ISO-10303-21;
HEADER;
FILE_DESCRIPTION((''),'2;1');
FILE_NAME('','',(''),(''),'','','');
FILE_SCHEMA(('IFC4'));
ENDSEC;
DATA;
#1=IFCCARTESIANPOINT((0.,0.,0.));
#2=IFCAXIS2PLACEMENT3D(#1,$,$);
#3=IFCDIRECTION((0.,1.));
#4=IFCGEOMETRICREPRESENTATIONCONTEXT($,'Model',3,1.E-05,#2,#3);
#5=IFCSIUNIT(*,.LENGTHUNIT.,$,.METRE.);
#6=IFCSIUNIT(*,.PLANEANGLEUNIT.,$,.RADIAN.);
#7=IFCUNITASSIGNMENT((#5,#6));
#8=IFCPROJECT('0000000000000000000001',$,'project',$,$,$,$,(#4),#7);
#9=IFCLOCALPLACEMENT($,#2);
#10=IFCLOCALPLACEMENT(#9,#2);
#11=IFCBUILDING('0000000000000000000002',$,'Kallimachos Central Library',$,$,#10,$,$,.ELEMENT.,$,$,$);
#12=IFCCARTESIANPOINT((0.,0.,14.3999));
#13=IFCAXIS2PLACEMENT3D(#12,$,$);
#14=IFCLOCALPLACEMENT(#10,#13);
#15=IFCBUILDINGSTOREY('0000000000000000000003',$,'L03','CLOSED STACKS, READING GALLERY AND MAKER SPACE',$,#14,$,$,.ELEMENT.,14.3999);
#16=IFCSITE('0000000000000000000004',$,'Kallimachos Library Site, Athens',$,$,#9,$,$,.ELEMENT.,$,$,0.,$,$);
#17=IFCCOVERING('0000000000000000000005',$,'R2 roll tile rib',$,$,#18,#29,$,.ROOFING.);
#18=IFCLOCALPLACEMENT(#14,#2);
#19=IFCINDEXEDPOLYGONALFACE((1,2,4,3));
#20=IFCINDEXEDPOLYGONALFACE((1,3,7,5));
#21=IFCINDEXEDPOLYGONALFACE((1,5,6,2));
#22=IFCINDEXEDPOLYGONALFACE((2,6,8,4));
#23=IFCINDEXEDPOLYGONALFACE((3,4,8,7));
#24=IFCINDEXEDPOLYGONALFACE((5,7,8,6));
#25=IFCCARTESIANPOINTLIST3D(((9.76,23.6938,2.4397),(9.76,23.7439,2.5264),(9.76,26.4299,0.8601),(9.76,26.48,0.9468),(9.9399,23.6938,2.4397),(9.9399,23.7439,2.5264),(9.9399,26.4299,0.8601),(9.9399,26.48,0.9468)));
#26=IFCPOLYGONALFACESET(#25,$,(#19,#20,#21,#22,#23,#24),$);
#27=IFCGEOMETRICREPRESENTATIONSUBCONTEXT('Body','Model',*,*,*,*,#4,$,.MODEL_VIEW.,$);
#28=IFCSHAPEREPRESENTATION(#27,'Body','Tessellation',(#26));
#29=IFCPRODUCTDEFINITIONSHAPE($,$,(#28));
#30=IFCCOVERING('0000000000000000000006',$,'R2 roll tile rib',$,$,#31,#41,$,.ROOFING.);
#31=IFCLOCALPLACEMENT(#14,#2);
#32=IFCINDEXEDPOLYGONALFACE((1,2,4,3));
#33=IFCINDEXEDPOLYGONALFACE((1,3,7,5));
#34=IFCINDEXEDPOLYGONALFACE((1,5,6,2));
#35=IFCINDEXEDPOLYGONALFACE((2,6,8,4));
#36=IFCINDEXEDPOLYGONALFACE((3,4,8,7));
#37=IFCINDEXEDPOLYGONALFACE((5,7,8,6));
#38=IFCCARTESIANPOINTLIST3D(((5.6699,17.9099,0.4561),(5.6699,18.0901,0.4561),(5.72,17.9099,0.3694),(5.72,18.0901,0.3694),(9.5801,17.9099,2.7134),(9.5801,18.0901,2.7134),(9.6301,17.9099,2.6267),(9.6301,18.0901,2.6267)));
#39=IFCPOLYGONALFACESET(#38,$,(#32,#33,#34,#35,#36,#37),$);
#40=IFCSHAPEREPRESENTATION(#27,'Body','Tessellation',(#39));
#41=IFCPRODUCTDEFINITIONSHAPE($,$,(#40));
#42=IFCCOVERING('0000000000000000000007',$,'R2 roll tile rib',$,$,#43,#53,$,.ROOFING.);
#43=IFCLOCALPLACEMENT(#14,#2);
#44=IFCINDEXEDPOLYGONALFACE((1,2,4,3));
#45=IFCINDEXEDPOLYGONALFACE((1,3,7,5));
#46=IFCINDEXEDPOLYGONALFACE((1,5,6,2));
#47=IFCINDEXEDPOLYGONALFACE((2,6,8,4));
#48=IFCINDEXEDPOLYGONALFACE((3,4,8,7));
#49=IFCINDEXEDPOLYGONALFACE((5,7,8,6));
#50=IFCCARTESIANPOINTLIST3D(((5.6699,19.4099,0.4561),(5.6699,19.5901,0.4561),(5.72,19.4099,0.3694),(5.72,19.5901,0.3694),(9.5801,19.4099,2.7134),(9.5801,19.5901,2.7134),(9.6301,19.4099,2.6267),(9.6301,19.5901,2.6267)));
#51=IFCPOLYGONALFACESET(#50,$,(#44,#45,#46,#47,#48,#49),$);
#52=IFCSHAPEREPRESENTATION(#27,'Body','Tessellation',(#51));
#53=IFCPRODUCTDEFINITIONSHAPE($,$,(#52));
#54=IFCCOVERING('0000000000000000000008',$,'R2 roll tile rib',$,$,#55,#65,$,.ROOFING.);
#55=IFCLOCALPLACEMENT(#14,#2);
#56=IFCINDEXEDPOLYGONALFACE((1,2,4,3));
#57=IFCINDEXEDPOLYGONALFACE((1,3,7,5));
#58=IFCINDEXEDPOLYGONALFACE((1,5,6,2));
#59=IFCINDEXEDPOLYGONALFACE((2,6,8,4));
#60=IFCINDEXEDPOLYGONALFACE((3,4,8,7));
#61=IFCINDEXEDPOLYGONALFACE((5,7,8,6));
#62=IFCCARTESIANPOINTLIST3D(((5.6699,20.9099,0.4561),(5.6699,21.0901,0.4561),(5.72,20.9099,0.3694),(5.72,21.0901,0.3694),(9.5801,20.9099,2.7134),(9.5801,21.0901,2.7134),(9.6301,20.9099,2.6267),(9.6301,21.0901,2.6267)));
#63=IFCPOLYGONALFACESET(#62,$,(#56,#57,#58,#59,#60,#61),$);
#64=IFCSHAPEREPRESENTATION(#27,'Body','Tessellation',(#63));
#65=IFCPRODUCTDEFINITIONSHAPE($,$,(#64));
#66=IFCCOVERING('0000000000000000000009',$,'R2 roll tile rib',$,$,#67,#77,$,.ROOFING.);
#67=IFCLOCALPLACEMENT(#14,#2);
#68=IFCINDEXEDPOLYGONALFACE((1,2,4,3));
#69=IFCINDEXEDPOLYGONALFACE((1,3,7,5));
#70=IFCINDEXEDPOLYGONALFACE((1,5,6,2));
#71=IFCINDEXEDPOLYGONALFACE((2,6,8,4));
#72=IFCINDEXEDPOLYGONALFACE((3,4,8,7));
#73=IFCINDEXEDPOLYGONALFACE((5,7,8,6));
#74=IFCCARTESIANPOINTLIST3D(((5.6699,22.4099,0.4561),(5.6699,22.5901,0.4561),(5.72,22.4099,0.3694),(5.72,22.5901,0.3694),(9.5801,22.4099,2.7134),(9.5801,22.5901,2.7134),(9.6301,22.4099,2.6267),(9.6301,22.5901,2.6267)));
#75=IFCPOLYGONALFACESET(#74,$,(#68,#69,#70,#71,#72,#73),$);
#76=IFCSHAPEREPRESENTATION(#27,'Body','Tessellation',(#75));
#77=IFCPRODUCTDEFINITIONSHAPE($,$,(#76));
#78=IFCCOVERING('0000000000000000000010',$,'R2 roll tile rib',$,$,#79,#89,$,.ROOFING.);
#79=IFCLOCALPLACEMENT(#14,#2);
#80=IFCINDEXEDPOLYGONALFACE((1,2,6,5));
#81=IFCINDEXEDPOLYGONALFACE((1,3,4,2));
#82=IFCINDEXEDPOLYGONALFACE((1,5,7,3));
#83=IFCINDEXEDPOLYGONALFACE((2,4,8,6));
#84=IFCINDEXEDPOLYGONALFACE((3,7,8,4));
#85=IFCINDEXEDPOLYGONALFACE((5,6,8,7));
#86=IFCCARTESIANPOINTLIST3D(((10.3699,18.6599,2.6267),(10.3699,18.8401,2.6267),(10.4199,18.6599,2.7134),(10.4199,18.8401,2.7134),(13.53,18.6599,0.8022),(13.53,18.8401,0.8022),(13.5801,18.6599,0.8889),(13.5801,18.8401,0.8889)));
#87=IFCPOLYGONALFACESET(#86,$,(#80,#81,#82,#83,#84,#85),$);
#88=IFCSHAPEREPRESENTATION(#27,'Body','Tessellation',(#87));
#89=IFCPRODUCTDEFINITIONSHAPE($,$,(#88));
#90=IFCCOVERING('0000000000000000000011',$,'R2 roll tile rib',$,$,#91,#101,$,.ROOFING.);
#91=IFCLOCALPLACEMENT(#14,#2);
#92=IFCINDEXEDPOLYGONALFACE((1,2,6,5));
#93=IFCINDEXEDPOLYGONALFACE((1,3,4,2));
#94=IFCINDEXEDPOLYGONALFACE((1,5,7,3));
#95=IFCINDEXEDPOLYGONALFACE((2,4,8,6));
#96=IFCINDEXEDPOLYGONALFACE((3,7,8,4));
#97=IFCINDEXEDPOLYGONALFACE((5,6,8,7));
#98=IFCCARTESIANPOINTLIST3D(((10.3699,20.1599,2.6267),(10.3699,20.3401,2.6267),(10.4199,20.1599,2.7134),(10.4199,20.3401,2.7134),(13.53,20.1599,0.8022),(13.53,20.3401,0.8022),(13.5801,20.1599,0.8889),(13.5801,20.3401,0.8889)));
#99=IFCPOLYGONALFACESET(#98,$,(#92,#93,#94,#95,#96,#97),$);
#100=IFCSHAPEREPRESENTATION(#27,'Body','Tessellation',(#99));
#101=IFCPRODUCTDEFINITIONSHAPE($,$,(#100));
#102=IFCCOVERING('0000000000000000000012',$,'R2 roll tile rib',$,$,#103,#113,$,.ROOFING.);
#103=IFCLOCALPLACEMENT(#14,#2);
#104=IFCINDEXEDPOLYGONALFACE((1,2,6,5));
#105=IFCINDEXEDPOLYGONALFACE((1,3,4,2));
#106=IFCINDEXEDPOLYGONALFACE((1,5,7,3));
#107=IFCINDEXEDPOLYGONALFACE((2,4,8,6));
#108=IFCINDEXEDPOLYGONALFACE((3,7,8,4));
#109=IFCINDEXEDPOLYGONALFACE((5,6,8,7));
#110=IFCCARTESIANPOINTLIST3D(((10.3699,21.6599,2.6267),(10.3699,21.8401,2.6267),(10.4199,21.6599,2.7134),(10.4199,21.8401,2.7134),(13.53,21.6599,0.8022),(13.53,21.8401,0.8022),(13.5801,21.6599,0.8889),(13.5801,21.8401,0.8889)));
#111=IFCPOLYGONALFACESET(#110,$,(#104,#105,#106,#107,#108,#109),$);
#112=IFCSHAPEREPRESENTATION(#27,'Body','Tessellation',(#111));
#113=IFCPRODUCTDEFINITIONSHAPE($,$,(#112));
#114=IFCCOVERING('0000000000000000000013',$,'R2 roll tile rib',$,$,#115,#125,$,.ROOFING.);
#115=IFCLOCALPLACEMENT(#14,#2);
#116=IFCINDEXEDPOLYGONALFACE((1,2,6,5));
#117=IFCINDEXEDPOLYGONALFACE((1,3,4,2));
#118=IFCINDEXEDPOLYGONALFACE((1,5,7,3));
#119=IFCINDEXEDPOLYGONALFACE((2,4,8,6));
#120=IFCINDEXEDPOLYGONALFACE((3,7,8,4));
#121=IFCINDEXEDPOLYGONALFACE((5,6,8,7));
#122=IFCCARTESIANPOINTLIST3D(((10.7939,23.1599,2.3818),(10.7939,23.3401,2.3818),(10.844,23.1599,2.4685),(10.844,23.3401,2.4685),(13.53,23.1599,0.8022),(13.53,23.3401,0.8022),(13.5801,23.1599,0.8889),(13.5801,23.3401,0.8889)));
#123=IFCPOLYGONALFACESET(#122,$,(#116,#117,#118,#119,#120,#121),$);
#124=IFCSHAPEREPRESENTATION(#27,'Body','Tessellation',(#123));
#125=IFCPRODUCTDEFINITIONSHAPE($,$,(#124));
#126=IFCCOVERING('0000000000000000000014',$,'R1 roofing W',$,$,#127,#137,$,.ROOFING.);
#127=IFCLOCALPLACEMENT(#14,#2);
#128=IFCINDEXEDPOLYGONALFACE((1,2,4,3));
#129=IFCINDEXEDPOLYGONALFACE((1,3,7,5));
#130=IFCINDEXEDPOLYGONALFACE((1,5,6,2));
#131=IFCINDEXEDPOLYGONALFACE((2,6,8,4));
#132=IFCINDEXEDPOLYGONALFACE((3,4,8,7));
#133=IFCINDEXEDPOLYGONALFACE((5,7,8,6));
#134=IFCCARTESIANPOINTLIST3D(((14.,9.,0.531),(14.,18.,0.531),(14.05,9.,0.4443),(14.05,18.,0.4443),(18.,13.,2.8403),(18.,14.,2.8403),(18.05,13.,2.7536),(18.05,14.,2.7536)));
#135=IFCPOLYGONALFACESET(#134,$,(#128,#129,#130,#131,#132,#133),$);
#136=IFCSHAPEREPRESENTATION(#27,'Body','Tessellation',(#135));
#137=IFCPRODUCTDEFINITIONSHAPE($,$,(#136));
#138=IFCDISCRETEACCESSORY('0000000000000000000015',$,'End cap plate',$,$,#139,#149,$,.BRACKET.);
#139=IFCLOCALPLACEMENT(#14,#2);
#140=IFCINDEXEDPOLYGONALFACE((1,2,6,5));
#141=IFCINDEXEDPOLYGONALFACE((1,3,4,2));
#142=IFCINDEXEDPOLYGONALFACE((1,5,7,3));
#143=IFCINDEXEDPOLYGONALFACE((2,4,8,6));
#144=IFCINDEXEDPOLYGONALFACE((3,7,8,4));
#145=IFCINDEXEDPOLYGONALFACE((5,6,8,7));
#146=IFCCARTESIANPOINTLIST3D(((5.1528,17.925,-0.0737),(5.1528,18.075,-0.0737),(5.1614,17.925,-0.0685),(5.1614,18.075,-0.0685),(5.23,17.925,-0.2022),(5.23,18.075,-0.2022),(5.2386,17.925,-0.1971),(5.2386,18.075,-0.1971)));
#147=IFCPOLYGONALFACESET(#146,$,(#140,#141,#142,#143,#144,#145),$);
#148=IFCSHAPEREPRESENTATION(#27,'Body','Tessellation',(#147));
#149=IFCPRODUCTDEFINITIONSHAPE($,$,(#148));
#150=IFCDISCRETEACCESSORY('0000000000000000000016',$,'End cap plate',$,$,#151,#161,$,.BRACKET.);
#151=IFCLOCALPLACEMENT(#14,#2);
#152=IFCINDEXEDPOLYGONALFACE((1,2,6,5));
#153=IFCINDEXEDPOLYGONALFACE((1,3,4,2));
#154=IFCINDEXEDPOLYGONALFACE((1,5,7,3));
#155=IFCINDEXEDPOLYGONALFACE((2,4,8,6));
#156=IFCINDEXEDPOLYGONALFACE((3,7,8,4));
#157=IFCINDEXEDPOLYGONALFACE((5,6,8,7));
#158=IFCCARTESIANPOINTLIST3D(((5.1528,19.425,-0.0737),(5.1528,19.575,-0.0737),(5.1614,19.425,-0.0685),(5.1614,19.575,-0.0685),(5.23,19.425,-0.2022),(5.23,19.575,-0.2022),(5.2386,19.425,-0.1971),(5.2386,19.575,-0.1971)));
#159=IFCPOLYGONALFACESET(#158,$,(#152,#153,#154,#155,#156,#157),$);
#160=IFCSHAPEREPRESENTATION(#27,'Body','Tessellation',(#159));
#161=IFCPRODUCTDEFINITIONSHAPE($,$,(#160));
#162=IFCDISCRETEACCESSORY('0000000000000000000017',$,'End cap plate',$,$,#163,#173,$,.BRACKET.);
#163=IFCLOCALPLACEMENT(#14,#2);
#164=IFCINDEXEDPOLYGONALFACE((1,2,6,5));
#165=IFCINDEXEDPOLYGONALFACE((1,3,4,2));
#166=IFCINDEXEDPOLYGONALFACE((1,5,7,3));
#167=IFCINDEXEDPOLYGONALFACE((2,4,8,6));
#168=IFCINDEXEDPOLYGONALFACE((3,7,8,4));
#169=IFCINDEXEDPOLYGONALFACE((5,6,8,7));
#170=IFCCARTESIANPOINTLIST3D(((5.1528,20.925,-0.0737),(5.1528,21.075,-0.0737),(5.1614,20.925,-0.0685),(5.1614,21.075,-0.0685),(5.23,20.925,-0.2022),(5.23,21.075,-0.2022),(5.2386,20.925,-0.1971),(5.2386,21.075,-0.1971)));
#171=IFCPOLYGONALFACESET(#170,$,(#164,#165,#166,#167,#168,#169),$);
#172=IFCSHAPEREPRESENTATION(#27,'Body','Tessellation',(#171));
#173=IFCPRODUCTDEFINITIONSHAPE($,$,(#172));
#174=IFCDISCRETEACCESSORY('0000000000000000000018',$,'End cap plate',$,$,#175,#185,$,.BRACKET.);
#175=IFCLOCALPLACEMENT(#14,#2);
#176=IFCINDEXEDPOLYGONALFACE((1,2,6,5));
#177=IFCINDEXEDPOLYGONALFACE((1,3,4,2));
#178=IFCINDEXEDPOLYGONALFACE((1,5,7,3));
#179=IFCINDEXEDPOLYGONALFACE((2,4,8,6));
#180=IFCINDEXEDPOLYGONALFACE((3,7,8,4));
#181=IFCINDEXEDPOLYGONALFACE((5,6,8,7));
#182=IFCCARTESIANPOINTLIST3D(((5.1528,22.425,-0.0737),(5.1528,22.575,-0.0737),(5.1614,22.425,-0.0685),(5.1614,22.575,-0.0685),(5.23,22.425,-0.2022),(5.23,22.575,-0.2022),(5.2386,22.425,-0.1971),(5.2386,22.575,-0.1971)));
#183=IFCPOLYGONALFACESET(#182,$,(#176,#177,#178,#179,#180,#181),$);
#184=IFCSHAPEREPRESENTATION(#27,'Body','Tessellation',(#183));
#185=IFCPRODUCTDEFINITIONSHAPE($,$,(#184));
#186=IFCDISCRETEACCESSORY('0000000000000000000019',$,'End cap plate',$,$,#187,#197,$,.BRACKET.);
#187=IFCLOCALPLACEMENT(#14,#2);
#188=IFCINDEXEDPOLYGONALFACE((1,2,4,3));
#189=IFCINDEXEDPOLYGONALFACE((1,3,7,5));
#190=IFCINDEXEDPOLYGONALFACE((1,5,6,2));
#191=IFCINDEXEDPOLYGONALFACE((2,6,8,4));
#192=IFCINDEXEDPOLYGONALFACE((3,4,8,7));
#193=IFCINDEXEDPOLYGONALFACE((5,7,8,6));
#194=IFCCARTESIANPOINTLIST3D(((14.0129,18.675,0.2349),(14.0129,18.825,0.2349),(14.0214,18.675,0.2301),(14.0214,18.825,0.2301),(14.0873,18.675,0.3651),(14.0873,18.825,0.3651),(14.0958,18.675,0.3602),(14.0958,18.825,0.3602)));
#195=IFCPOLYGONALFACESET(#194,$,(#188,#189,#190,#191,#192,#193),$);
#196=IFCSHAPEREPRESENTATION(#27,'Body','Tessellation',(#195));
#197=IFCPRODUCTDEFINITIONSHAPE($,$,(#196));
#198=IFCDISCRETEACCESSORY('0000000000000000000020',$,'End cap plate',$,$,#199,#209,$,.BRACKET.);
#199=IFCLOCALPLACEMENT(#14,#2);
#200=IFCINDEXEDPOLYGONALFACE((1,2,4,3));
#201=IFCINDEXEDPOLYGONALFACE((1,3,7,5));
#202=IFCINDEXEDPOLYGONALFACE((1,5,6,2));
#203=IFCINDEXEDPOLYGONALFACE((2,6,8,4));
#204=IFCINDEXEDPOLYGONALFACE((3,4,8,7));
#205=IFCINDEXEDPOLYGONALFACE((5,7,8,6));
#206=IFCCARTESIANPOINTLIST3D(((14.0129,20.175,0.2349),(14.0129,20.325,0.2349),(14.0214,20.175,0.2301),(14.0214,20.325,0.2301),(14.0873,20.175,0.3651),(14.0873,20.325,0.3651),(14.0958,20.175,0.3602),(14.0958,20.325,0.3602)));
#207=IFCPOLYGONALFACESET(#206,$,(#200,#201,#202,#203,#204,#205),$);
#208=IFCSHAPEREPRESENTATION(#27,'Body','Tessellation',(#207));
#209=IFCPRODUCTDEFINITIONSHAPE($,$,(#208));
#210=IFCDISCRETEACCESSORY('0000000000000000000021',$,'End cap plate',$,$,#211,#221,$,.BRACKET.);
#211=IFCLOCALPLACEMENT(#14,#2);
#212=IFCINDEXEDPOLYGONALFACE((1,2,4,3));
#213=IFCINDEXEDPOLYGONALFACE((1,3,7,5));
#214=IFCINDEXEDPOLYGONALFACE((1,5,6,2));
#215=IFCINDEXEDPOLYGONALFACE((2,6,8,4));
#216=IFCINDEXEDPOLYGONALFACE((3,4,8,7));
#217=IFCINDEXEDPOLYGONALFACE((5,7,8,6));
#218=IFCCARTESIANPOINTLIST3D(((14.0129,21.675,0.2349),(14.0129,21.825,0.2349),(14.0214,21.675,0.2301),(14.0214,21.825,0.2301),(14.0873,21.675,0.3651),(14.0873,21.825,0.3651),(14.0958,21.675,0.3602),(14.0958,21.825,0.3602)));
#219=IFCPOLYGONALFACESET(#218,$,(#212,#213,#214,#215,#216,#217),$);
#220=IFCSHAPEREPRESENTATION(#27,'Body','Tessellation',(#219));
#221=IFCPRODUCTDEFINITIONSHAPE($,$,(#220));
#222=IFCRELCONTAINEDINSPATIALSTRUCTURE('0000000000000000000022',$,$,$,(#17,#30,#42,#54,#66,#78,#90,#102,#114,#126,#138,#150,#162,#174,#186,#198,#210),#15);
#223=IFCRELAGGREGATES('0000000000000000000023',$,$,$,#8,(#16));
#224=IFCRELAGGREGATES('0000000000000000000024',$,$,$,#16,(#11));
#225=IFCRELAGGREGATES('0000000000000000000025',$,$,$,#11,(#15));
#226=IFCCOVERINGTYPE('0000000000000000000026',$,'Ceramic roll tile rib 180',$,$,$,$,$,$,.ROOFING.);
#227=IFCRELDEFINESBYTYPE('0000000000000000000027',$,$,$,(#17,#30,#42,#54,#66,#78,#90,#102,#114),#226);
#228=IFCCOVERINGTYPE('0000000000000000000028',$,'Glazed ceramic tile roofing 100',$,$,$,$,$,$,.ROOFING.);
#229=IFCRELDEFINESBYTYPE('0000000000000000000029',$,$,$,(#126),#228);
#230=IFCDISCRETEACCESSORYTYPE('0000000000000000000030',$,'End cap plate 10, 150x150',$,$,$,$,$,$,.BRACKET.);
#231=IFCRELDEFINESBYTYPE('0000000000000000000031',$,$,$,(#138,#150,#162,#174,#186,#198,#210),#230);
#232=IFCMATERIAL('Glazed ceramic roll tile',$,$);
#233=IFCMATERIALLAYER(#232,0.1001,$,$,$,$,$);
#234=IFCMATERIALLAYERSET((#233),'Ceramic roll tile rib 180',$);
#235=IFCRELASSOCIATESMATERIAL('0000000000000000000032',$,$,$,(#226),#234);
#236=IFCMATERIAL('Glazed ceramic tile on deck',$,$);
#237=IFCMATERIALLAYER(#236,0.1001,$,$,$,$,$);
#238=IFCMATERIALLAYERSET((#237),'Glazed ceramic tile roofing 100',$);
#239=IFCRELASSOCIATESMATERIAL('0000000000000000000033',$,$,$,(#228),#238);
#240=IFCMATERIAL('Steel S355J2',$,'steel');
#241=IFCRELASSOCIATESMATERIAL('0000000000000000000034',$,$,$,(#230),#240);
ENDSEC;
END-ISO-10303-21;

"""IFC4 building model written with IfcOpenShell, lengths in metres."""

from ifc_helpers import new_model, si_unit, direction, frame, origin, origin_2d, place, context, subcontext, project, spatial, polyline, rectangle, outline, extrude, material, layer, layer_set, material_profile, profile_set, type_object, element, save


model = new_model("IFC4")

# Units and contexts
model_context = context("Model", 3, precision=1e-05, world=origin(), true_north=direction((0.0, 1.0)))
body_context = subcontext(model_context, "Body", "Model", "MODEL_VIEW")
ifc_project = project(units=[si_unit("LENGTHUNIT", "METRE"), si_unit("PLANEANGLEUNIT", "RADIAN")], contexts=[model_context])

# Site, building, storey
site_placement = place(None, origin())
site = spatial("IfcSite", under=ifc_project, at=site_placement, Name="Kallimachos Library Site, Athens", CompositionType="ELEMENT", RefElevation=0.0)
building_placement = place(site_placement, origin())
building = spatial("IfcBuilding", under=site, at=building_placement, Name="Kallimachos Central Library", CompositionType="ELEMENT")
storey_placement = place(building_placement, frame((0.0, 0.0, 14.3999)))
storey = spatial("IfcBuildingStorey", under=building, at=storey_placement, Name="L03", Description="CLOSED STACKS, READING GALLERY AND MAKER SPACE", CompositionType="ELEMENT", Elevation=14.3999)

# Coverings
ifc_material_1 = material(Name="Glazed ceramic roll tile")
ifc_layer_1 = layer(ifc_material_1, 0.1001)
ifc_layer_set_1 = layer_set([ifc_layer_1], Name="Ceramic roll tile rib 180")
covering_type_1 = type_object("IfcCoveringType", Name="Ceramic roll tile rib 180", PredefinedType="ROOFING", material=ifc_layer_set_1)
covering_1_placement = place(storey_placement, frame((9.76, 23.7439, 2.5264), z_axis=(0.0, 0.499979, 0.866038), x_axis=(0.0, 0.866038, -0.499979)))
element("IfcCovering", 1, at=covering_1_placement, inside=storey, type_object=covering_type_1, Name="R2 roll tile rib", PredefinedType="ROOFING", context=body_context, shape_type="SweptSolid", body=[
    extrude(outline(polyline([(0.0, 0.0), (3.1593, 0.0), (3.1593, -0.1799), (0.0, -0.1799), (0.0, 0.0)])), origin(), (0.0, 0.0, -1.0), 0.1001),
])
for number, where, z_axis, x_axis, name in (
    (2, (5.6699, 17.9099, 0.4561), (-0.499966, 0.0, 0.866045), (0.866045, 0.0, 0.499966), "R2 roll tile rib"),
    (3, (5.6699, 19.4099, 0.4561), (-0.499966, 0.0, 0.866045), (0.866045, 0.0, 0.499966), "R2 roll tile rib"),
    (4, (5.6699, 20.9099, 0.4561), (-0.499966, 0.0, 0.866045), (0.866045, 0.0, 0.499966), "R2 roll tile rib"),
    (5, (5.6699, 22.4099, 0.4561), (-0.499966, 0.0, 0.866045), (0.866045, 0.0, 0.499966), "R2 roll tile rib"),
):
    element("IfcCovering", number, at=place(storey_placement, frame(where, z_axis=z_axis, x_axis=x_axis)), inside=storey, type_object=covering_type_1, Name=name, PredefinedType="ROOFING", context=body_context, shape_type="SweptSolid", body=[
        extrude(outline(polyline([(0.0, 0.0), (4.515, 0.0), (4.515, 0.1802), (0.0, 0.1802), (0.0, 0.0)])), origin(), (0.0, 0.0, -1.0), 0.1001),
    ])
for number, where, z_axis, x_axis, name in (
    (6, (10.4199, 18.6599, 2.7134), (0.499989, 0.0, 0.866032), (0.866032, 0.0, -0.499989), "R2 roll tile rib"),
    (7, (10.4199, 20.1599, 2.7134), (0.499989, 0.0, 0.866032), (0.866032, 0.0, -0.499989), "R2 roll tile rib"),
    (8, (10.4199, 21.6599, 2.7134), (0.499989, 0.0, 0.866032), (0.866032, 0.0, -0.499989), "R2 roll tile rib"),
):
    element("IfcCovering", number, at=place(storey_placement, frame(where, z_axis=z_axis, x_axis=x_axis)), inside=storey, type_object=covering_type_1, Name=name, PredefinedType="ROOFING", context=body_context, shape_type="SweptSolid", body=[
        extrude(outline(polyline([(0.0, 0.0), (3.649, 0.0), (3.649, 0.1802), (0.0, 0.1802), (0.0, 0.0)])), origin(), (0.0, 0.0, -1.0), 0.1001),
    ])
covering_2_placement = place(storey_placement, frame((10.844, 23.1599, 2.4685), z_axis=(0.499979, 0.0, 0.866038), x_axis=(0.866038, 0.0, -0.499979)))
element("IfcCovering", 9, at=covering_2_placement, inside=storey, type_object=covering_type_1, Name="R2 roll tile rib", PredefinedType="ROOFING", context=body_context, shape_type="SweptSolid", body=[
    extrude(outline(polyline([(0.0, 0.0), (3.1593, 0.0), (3.1593, 0.1802), (0.0, 0.1802), (0.0, 0.0)])), origin(), (0.0, 0.0, -1.0), 0.1001),
])
ifc_material_2 = material(Name="Glazed ceramic tile on deck")
ifc_layer_2 = layer(ifc_material_2, 0.1001)
ifc_layer_set_2 = layer_set([ifc_layer_2], Name="Glazed ceramic tile roofing 100")
covering_type_2 = type_object("IfcCoveringType", Name="Glazed ceramic tile roofing 100", PredefinedType="ROOFING", material=ifc_layer_set_2)
covering_3_placement = place(storey_placement, frame((14.0, 18.0, 0.531), z_axis=(-0.499988, 0.0, 0.866032), x_axis=(0.0, -1.0, 0.0)))
element("IfcCovering", 10, at=covering_3_placement, inside=storey, type_object=covering_type_2, Name="R1 roofing W", PredefinedType="ROOFING", context=body_context, shape_type="SweptSolid", body=[
    extrude(outline(polyline([(0.0, 0.0), (9.0, 0.0), (5.0, 4.6188), (4.0, 4.6188), (0.0, 0.0)])), origin(), (0.0, 0.0, -1.0), 0.1001),
])

# Discrete accessories
ifc_material_3 = material(Name="Steel S355J2", Category="steel")
ifc_material_profile_1 = material_profile(ifc_material_3, rectangle(XDim=0.1499, YDim=0.1499, at=origin_2d()), Name="End cap plate 10, 150x150")
ifc_profile_set_1 = profile_set([ifc_material_profile_1], Name="Steel S355J2")
discrete_accessory_type = type_object("IfcDiscreteAccessoryType", Name="End cap plate 10, 150x150", PredefinedType="BRACKET", material=ifc_profile_set_1)
for number, where, z_axis, x_axis, name in (
    (11, (5.1914, 18.0, -0.1379), (0.857493, 0.0, 0.514496), (0.0, 1.0, 0.0), "End cap plate"),
    (12, (5.1914, 19.5, -0.1379), (0.857493, 0.0, 0.514496), (0.0, 1.0, 0.0), "End cap plate"),
    (13, (5.1914, 21.0, -0.1379), (0.857493, 0.0, 0.514496), (0.0, 1.0, 0.0), "End cap plate"),
    (14, (5.1914, 22.5, -0.1379), (0.857493, 0.0, 0.514496), (0.0, 1.0, 0.0), "End cap plate"),
):
    element("IfcDiscreteAccessory", number, at=place(storey_placement, frame(where, z_axis=z_axis, x_axis=x_axis)), inside=storey, type_object=discrete_accessory_type, Name=name, PredefinedType="BRACKET", context=body_context, shape_type="SweptSolid", body=[
        extrude(rectangle(XDim=0.1499, YDim=0.1499, at=origin_2d()), origin(), (0.0, 0.0, 1.0), 0.01),
    ])
for number, where, z_axis, x_axis, name in (
    (15, (14.0586, 18.75, 0.2952), (-0.868243, 0.0, 0.496139), (0.0, -1.0, 0.0), "End cap plate"),
    (16, (14.0586, 20.25, 0.2952), (-0.868243, 0.0, 0.496139), (0.0, -1.0, 0.0), "End cap plate"),
    (17, (14.0586, 21.75, 0.2952), (-0.868243, 0.0, 0.496139), (0.0, -1.0, 0.0), "End cap plate"),
):
    element("IfcDiscreteAccessory", number, at=place(storey_placement, frame(where, z_axis=z_axis, x_axis=x_axis)), inside=storey, type_object=discrete_accessory_type, Name=name, PredefinedType="BRACKET", context=body_context, shape_type="SweptSolid", body=[
        extrude(rectangle(XDim=0.1499, YDim=0.1499, at=origin_2d()), origin(), (0.0, 0.0, 1.0), 0.0098),
    ])

save(model, "model.ifc")
